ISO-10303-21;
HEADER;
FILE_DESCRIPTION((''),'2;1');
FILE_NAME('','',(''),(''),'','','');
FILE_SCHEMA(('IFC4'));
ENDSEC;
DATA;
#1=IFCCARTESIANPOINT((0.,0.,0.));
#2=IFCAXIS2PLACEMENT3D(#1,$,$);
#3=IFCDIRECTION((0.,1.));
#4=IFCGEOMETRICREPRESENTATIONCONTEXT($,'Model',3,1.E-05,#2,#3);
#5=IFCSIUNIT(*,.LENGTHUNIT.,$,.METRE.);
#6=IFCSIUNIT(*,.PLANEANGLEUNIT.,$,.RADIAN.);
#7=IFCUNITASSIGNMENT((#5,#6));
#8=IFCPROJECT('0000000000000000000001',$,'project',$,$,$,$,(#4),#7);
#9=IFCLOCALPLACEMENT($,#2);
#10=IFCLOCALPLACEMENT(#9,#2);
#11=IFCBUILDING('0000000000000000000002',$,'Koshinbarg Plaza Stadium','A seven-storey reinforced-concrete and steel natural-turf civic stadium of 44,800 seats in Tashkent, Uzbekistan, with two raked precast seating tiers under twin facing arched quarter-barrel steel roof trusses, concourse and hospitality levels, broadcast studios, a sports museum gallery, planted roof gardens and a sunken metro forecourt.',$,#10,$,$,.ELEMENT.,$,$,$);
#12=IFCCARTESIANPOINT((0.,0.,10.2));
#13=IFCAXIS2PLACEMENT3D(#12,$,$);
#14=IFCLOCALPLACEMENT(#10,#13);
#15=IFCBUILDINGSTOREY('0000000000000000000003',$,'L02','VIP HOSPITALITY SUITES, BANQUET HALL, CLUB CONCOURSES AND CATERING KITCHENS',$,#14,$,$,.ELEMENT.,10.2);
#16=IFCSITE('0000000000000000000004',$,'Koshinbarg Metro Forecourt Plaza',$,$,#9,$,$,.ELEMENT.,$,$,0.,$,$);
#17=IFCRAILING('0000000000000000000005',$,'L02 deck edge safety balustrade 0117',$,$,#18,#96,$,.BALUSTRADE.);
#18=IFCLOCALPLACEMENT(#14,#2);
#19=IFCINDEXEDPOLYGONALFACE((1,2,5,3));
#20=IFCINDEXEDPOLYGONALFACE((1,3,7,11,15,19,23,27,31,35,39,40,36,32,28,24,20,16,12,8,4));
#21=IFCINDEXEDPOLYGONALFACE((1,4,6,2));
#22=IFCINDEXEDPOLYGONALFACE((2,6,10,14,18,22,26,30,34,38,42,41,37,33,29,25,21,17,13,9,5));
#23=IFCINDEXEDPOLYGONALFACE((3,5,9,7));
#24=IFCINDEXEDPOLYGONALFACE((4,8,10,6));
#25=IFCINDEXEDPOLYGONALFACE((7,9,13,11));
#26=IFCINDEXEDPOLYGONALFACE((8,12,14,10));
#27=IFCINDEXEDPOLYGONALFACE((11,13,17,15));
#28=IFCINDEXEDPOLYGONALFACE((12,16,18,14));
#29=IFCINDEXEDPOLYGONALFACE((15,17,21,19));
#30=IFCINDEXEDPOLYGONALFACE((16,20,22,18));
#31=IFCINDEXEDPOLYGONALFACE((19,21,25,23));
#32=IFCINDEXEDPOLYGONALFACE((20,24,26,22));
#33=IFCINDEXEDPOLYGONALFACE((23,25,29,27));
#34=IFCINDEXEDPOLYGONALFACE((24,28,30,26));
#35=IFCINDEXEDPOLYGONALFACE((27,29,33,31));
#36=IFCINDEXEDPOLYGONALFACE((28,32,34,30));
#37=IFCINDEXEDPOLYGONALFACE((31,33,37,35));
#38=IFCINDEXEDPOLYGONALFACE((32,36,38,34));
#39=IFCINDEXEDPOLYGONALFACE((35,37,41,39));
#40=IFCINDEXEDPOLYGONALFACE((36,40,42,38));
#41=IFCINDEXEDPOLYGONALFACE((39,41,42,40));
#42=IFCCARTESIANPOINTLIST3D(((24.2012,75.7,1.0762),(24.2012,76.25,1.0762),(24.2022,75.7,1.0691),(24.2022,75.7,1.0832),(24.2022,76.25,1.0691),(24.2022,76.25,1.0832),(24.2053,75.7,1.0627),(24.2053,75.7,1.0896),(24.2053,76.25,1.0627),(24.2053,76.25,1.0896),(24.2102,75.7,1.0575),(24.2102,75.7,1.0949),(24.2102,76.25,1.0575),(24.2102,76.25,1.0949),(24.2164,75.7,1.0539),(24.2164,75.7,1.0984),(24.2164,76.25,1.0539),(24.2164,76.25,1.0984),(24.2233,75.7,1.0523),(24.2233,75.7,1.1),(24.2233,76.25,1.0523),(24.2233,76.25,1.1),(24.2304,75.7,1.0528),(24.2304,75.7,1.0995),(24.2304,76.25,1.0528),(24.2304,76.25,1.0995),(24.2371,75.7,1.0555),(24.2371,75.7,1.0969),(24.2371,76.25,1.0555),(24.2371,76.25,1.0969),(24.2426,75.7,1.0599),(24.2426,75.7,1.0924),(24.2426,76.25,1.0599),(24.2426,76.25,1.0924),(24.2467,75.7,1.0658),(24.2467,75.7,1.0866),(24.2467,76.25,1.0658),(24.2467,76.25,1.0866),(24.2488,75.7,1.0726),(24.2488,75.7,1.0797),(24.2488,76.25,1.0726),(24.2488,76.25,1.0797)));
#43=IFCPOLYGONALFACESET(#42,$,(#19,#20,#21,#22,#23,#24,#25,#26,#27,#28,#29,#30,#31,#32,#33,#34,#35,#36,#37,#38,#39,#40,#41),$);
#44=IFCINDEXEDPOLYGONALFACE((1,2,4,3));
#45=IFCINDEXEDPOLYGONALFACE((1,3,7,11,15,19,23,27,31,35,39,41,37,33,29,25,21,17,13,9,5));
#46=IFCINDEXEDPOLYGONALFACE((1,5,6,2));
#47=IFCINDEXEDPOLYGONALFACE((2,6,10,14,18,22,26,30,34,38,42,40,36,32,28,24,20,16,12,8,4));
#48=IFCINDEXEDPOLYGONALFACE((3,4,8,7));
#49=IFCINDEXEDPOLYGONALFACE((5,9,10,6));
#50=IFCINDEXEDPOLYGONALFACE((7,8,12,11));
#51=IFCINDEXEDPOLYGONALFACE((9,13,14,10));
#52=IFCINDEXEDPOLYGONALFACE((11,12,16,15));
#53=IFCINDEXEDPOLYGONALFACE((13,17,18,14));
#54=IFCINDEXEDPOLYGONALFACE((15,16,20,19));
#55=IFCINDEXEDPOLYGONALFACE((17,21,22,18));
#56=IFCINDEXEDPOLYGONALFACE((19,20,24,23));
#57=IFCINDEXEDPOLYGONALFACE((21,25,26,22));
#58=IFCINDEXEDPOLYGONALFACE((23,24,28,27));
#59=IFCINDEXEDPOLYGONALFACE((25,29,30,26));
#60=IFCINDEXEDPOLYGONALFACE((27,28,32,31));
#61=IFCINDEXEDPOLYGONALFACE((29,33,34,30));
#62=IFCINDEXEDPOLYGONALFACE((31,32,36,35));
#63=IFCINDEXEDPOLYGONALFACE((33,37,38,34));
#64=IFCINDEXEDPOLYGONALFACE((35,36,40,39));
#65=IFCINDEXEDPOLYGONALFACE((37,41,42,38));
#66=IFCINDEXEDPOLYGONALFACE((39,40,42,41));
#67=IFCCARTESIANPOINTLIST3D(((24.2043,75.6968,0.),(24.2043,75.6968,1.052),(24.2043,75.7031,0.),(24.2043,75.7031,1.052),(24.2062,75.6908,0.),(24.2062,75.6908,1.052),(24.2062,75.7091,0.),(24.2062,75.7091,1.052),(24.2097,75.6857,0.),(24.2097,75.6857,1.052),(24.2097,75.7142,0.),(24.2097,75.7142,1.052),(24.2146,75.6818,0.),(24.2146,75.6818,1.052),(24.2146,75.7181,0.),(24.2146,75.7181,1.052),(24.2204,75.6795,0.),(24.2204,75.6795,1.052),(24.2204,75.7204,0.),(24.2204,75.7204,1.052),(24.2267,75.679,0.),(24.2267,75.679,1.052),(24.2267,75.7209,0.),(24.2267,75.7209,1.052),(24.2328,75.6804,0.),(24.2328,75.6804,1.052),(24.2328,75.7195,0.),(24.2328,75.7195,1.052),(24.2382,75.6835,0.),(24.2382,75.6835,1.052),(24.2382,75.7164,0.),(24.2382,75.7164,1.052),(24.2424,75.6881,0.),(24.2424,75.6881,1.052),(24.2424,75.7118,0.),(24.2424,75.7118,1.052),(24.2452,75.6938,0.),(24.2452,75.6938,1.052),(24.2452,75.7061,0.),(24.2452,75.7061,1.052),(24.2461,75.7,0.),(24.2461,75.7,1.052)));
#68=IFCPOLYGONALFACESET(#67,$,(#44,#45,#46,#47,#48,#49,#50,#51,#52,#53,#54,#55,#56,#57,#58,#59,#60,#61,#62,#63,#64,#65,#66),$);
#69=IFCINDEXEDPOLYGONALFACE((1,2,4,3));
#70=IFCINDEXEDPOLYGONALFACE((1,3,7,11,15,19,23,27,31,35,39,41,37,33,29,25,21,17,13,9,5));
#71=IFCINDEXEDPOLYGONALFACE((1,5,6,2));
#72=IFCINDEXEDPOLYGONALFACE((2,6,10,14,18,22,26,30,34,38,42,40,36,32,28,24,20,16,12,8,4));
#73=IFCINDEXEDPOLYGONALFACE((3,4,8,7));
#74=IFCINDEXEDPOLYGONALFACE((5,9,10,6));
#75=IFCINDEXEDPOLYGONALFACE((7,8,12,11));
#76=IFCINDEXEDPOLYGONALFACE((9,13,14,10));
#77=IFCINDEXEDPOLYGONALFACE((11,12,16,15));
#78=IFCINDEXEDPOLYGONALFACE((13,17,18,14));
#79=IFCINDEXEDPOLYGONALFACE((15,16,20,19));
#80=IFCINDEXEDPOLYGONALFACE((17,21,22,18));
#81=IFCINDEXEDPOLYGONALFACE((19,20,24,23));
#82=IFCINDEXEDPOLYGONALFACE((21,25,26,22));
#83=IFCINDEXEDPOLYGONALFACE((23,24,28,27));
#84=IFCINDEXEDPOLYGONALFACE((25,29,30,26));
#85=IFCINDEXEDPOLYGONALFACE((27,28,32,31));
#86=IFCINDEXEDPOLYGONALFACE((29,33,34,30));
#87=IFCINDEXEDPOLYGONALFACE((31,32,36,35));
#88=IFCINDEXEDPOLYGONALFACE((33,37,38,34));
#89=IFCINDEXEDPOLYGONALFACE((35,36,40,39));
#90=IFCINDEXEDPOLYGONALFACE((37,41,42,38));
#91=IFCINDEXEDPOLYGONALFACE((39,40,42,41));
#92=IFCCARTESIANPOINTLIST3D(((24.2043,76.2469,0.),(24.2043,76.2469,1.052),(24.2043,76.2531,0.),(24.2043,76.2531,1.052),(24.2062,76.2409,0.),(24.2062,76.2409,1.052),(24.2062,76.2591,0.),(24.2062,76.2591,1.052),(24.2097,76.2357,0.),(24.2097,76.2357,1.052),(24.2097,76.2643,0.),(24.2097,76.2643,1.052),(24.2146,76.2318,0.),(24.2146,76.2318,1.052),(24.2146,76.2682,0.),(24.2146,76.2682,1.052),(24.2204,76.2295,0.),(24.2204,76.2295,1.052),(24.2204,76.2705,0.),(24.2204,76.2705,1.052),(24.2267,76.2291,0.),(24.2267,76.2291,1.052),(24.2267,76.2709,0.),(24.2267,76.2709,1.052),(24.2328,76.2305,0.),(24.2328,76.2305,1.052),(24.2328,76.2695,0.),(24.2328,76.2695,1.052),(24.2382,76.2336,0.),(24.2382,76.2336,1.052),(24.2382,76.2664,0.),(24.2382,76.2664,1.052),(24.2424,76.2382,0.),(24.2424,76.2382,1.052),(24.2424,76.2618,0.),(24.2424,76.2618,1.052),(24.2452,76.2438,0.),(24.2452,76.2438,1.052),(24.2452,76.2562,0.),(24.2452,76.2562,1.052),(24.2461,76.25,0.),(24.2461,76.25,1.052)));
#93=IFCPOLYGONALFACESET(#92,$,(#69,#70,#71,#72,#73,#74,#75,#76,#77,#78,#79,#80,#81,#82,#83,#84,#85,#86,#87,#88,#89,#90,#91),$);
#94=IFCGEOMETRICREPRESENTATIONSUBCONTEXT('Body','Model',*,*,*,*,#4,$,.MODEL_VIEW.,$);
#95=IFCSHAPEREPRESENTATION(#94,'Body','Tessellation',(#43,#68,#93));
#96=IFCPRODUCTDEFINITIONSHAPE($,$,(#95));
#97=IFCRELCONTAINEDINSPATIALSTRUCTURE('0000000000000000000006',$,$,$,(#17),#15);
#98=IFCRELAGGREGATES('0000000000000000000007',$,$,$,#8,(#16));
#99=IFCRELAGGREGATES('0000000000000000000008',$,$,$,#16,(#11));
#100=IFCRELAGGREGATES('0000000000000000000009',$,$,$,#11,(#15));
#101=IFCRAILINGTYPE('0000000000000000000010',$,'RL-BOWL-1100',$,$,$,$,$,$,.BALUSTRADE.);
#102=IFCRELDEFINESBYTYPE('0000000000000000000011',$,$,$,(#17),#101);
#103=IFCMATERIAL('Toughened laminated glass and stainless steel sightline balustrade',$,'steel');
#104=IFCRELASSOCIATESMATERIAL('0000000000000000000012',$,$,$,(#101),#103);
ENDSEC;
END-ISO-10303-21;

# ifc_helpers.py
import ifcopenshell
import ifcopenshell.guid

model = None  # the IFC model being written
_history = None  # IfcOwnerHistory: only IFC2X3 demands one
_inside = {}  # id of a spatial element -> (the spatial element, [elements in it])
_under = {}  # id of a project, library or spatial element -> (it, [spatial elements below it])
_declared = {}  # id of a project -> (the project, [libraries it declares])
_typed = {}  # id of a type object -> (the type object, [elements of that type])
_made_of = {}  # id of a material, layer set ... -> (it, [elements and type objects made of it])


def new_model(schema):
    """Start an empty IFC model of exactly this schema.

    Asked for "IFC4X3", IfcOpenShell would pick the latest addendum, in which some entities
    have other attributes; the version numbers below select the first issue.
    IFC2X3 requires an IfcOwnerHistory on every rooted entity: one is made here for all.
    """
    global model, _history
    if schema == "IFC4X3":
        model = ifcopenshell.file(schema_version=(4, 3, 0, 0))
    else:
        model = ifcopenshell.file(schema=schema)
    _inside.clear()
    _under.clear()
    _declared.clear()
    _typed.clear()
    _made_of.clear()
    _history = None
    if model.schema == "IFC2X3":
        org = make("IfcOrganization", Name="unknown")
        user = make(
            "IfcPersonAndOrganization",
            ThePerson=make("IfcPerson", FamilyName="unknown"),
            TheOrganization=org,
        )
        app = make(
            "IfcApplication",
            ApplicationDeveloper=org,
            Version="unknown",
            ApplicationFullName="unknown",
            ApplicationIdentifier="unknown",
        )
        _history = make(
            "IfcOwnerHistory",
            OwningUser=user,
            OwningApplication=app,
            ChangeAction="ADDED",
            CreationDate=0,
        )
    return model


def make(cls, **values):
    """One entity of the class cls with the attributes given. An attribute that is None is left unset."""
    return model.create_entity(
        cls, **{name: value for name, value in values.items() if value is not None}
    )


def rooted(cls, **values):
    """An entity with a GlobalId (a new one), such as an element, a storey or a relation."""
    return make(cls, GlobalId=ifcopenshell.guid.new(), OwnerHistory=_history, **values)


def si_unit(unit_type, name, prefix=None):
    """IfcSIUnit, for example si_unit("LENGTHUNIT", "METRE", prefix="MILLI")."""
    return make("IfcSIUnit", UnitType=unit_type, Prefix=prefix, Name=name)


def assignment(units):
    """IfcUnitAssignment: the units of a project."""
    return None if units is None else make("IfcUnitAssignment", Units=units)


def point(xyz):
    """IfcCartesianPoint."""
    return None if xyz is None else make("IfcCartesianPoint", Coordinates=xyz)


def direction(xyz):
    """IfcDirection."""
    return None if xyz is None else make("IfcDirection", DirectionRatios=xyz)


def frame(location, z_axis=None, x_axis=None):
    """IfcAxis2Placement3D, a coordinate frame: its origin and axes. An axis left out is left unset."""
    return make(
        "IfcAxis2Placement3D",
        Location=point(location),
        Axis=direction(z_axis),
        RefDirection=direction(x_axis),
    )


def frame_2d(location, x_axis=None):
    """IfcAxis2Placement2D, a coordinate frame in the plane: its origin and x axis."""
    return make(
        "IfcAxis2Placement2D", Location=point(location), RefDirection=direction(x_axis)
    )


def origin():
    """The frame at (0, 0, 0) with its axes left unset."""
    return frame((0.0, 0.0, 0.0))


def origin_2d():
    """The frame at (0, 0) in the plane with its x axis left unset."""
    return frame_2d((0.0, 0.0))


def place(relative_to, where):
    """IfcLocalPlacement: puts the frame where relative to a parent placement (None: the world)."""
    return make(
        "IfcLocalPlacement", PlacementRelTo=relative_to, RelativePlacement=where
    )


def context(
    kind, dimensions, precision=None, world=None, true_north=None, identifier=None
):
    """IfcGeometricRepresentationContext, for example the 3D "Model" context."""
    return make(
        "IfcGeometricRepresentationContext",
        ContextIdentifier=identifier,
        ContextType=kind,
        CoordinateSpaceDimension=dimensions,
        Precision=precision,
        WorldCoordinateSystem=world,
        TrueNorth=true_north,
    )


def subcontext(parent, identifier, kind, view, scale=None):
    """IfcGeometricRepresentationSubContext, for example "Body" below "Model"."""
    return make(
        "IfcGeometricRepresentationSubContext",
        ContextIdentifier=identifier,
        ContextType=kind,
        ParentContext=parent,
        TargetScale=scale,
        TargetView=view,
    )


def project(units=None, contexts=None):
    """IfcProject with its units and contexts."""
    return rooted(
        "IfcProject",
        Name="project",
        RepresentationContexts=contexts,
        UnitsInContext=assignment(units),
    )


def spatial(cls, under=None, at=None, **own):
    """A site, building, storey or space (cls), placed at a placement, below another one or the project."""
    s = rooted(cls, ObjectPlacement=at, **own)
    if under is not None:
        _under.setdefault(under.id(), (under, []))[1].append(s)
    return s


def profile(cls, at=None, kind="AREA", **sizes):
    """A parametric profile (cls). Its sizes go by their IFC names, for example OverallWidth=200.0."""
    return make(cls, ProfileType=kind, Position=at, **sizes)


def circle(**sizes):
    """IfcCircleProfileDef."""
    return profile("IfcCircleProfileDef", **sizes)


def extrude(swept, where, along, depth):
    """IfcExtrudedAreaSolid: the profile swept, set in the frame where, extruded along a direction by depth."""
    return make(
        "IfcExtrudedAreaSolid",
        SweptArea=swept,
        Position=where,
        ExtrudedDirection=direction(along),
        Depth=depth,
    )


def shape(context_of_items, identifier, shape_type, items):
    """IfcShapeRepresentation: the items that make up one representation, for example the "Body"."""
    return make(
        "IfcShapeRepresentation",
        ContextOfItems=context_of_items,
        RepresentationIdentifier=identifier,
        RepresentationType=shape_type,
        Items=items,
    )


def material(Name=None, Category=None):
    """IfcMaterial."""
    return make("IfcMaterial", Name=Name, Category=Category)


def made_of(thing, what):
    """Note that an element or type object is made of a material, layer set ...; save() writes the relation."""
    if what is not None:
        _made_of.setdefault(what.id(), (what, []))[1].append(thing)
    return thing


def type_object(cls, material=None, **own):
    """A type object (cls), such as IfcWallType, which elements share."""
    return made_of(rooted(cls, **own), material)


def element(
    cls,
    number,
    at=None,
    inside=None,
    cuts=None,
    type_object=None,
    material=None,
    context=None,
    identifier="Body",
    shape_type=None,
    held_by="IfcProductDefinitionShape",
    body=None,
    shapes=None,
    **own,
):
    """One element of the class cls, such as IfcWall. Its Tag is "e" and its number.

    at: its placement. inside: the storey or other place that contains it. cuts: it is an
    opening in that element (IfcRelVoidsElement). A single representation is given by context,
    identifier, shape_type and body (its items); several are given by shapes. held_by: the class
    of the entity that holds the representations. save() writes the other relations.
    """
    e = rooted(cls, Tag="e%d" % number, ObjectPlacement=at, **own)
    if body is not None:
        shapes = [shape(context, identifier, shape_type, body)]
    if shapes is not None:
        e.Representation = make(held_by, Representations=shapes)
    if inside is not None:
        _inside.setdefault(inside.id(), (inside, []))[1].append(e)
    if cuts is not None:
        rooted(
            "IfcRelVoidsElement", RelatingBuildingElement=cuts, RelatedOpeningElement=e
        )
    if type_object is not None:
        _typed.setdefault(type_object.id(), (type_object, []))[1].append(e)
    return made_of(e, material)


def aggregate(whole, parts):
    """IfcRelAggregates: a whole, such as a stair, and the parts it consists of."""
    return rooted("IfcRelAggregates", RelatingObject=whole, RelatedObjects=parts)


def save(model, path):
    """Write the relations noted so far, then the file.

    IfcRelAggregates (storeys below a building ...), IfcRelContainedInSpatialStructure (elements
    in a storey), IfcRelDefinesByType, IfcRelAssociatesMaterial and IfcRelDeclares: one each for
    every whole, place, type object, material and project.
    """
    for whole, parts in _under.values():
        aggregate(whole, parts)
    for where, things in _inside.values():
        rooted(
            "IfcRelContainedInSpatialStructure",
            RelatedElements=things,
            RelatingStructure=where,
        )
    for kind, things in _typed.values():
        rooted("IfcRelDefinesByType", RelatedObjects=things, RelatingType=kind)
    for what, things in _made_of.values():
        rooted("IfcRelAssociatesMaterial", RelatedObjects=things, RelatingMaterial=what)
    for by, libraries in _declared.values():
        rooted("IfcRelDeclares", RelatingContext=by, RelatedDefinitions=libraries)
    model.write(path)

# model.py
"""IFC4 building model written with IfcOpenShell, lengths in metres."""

from ifc_helpers import new_model, si_unit, direction, frame, origin, origin_2d, place, context, subcontext, project, spatial, circle, extrude, material, type_object, element, save


model = new_model("IFC4")

# Units and contexts
model_context = context("Model", 3, precision=1e-05, world=origin(), true_north=direction((0.0, 1.0)))
body_context = subcontext(model_context, "Body", "Model", "MODEL_VIEW")
ifc_project = project(units=[si_unit("LENGTHUNIT", "METRE"), si_unit("PLANEANGLEUNIT", "RADIAN")], contexts=[model_context])

# Site, building, storey
site_placement = place(None, origin())
site = spatial("IfcSite", under=ifc_project, at=site_placement, Name="Koshinbarg Metro Forecourt Plaza", CompositionType="ELEMENT", RefElevation=0.0)
building_placement = place(site_placement, origin())
building = spatial("IfcBuilding", under=site, at=building_placement, Name="Koshinbarg Plaza Stadium", Description="A seven-storey reinforced-concrete and steel natural-turf civic stadium of 44,800 seats in Tashkent, Uzbekistan, with two raked precast seating tiers under twin facing arched quarter-barrel steel roof trusses, concourse and hospitality levels, broadcast studios, a sports museum gallery, planted roof gardens and a sunken metro forecourt.", CompositionType="ELEMENT")
storey_placement = place(building_placement, frame((0.0, 0.0, 10.2)))
storey = spatial("IfcBuildingStorey", under=building, at=storey_placement, Name="L02", Description="VIP HOSPITALITY SUITES, BANQUET HALL, CLUB CONCOURSES AND CATERING KITCHENS", CompositionType="ELEMENT", Elevation=10.2)

# Railing
ifc_material_1 = material(Name="Toughened laminated glass and stainless steel sightline balustrade", Category="steel")
railing_type = type_object("IfcRailingType", Name="RL-BOWL-1100", PredefinedType="BALUSTRADE", material=ifc_material_1)
railing_placement = place(storey_placement, frame((24.2251, 75.7, 0.0)))
element("IfcRailing", 1, at=railing_placement, inside=storey, type_object=railing_type, Name="L02 deck edge safety balustrade 0117", PredefinedType="BALUSTRADE", context=body_context, shape_type="SweptSolid", body=[
    extrude(circle(Radius=0.0239, at=origin_2d()), frame((0.0, 0.0, 1.0762), z_axis=(0.0, 1.0, 0.0), x_axis=(-1.0, 0.0, 0.0)), (0.0, 0.0, 1.0), 0.55),
    extrude(circle(Radius=0.021, at=origin_2d()), origin(), (0.0, 0.0, 1.0), 1.052),
    extrude(circle(Radius=0.021, at=origin_2d()), frame((0.0, 0.55, 0.0)), (0.0, 0.0, 1.0), 1.052),
])

save(model, "model.ifc")
